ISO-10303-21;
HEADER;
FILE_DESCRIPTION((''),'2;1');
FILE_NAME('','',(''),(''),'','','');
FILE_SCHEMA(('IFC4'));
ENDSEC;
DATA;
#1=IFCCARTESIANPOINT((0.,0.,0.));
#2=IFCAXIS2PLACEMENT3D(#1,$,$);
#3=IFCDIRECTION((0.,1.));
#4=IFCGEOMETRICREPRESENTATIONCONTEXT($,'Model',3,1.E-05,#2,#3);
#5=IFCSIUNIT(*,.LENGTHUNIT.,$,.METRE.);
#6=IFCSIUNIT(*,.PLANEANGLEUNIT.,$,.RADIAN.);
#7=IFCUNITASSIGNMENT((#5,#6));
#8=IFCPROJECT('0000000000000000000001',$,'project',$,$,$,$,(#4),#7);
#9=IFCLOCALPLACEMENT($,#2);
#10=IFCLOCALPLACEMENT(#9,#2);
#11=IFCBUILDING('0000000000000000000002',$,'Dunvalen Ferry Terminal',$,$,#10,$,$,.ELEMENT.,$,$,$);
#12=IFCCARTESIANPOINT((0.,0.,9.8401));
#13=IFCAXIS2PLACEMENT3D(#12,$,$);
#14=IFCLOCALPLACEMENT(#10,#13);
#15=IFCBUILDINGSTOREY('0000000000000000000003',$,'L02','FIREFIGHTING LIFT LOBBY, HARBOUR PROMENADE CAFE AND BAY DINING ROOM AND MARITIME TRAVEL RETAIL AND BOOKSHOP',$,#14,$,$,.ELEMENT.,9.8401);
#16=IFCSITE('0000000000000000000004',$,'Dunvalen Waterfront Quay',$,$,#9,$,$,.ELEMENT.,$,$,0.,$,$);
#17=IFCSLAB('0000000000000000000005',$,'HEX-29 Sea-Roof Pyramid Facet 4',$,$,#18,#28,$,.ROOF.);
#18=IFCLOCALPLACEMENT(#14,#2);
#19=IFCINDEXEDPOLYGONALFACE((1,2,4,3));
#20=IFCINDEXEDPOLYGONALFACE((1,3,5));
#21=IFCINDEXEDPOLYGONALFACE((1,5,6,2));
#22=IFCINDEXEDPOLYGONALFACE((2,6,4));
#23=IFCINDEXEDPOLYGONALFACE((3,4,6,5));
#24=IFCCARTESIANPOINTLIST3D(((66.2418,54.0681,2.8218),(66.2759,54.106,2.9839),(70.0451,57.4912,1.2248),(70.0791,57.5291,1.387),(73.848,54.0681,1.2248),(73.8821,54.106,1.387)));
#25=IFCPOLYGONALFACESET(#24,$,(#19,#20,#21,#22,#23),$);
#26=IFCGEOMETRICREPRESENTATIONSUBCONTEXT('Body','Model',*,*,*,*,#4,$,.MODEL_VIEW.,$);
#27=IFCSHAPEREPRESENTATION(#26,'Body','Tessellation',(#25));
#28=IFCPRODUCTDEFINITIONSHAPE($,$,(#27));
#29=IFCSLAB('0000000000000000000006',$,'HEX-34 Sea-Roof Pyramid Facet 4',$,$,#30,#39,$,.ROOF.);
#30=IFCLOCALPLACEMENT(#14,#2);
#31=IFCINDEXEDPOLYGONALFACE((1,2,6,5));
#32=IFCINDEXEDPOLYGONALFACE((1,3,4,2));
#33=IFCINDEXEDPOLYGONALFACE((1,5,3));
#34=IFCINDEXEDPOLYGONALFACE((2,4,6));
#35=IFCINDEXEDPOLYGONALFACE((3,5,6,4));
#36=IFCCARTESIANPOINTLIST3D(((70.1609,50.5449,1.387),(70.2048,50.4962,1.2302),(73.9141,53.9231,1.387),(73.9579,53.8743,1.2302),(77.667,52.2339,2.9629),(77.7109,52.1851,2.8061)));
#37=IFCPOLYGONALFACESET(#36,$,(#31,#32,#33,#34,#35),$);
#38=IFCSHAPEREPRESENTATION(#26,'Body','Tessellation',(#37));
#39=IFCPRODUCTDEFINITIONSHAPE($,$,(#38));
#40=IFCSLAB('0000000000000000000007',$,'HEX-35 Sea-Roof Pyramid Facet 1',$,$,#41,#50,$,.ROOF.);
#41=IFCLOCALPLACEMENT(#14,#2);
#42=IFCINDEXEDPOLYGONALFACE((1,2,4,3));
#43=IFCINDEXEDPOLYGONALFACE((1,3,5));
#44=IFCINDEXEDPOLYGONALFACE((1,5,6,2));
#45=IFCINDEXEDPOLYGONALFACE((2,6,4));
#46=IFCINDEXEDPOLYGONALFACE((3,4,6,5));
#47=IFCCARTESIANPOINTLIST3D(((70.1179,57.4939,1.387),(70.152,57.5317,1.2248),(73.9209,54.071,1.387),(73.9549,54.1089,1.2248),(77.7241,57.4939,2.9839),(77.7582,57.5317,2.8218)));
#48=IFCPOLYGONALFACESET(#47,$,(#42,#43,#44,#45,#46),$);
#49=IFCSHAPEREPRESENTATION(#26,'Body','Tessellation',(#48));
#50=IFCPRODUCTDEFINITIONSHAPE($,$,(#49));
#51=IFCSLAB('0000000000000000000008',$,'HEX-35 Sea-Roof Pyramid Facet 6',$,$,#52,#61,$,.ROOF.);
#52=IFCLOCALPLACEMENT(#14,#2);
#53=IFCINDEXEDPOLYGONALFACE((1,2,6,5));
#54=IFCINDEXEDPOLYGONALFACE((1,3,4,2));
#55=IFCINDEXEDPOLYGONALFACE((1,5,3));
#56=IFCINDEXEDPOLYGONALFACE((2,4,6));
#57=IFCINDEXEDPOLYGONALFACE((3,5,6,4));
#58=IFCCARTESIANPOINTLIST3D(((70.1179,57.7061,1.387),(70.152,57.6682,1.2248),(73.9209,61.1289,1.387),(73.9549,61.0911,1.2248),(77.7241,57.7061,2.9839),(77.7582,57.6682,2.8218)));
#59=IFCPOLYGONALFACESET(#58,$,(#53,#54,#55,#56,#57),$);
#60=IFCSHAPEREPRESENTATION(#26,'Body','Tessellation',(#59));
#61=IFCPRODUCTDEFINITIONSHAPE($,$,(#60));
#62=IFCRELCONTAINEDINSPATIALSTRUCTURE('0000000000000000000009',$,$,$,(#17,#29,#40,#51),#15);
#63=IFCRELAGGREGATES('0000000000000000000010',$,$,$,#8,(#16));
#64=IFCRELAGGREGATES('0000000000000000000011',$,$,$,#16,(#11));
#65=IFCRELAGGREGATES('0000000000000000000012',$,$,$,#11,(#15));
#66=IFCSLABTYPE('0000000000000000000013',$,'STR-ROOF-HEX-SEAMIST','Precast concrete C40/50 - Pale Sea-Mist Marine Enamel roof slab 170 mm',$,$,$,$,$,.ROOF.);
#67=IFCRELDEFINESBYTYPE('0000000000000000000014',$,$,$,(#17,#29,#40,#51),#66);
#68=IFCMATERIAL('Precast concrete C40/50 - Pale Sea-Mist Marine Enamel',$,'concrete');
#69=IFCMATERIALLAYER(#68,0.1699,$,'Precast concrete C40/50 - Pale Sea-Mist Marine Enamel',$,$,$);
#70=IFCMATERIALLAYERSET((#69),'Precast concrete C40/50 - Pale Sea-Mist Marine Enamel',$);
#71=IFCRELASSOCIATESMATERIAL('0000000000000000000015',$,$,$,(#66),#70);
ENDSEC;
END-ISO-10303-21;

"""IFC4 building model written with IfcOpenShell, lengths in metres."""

from ifc_helpers import new_model, si_unit, direction, frame, origin, place, context, subcontext, project, spatial, polyline, outline, extrude, material, layer, layer_set, type_object, element, save


model = new_model("IFC4")

# Units and contexts
model_context = context("Model", 3, precision=1e-05, world=origin(), true_north=direction((0.0, 1.0)))
body_context = subcontext(model_context, "Body", "Model", "MODEL_VIEW")
ifc_project = project(units=[si_unit("LENGTHUNIT", "METRE"), si_unit("PLANEANGLEUNIT", "RADIAN")], contexts=[model_context])

# Site, building, storey
site_placement = place(None, origin())
site = spatial("IfcSite", under=ifc_project, at=site_placement, Name="Dunvalen Waterfront Quay", CompositionType="ELEMENT", RefElevation=0.0)
building_placement = place(site_placement, origin())
building = spatial("IfcBuilding", under=site, at=building_placement, Name="Dunvalen Ferry Terminal", CompositionType="ELEMENT")
storey_placement = place(building_placement, frame((0.0, 0.0, 9.8401)))
storey = spatial("IfcBuildingStorey", under=building, at=storey_placement, Name="L02", Description="FIREFIGHTING LIFT LOBBY, HARBOUR PROMENADE CAFE AND BAY DINING ROOM AND MARITIME TRAVEL RETAIL AND BOOKSHOP", CompositionType="ELEMENT", Elevation=9.8401)

# Slabs
ifc_material_1 = material(Name="Precast concrete C40/50 - Pale Sea-Mist Marine Enamel", Category="concrete")
ifc_layer_1 = layer(ifc_material_1, 0.1699, Name="Precast concrete C40/50 - Pale Sea-Mist Marine Enamel")
ifc_layer_set_1 = layer_set([ifc_layer_1], Name="Precast concrete C40/50 - Pale Sea-Mist Marine Enamel")
slab_type_1 = type_object("IfcSlabType", Name="STR-ROOF-HEX-SEAMIST", Description="Precast concrete C40/50 - Pale Sea-Mist Marine Enamel roof slab 170 mm", PredefinedType="ROOF", material=ifc_layer_set_1)
slab_1_placement = place(storey_placement, frame((73.8821, 54.106, 1.387), z_axis=(0.200318, 0.222548, 0.95412), x_axis=(-0.743254, 0.66901, 0.0)))
element("IfcSlab", 1, at=slab_1_placement, inside=storey, type_object=slab_type_1, Name="HEX-29 Sea-Roof Pyramid Facet 4", PredefinedType="ROOF", context=body_context, shape_type="SweptSolid", body=[
    extrude(outline(polyline([(0.0, 0.0), (5.1167, 0.0), (5.6533, 5.3333), (0.0, 0.0)])), origin(), (0.0, 0.0, -1.0), 0.1699),
])
slab_2_placement = place(storey_placement, frame((73.9141, 53.9231, 1.387), z_axis=(-0.258238, 0.286904, 0.922496), x_axis=(-0.743263, -0.668999, 0.0)))
element("IfcSlab", 2, at=slab_2_placement, inside=storey, type_object=slab_type_1, Name="HEX-34 Sea-Roof Pyramid Facet 4", PredefinedType="ROOF", context=body_context, shape_type="SweptSolid", body=[
    extrude(outline(polyline([(0.0, 0.0), (5.0496, 0.0), (-1.6593, 4.0827), (0.0, 0.0)])), origin(), (0.0, 0.0, -1.0), 0.1699),
])
slab_3_placement = place(storey_placement, frame((70.1179, 57.4939, 1.387), z_axis=(-0.200317, -0.222563, 0.954117), x_axis=(0.743278, -0.668983, 0.0)))
element("IfcSlab", 3, at=slab_3_placement, inside=storey, type_object=slab_type_1, Name="HEX-35 Sea-Roof Pyramid Facet 1", PredefinedType="ROOF", context=body_context, shape_type="SweptSolid", body=[
    extrude(outline(polyline([(0.0, 0.0), (5.1165, 0.0), (5.6535, 5.3331), (0.0, 0.0)])), origin(), (0.0, 0.0, -1.0), 0.1699),
])
slab_4_placement = place(storey_placement, frame((73.9209, 61.1289, 1.387), z_axis=(-0.200317, 0.222563, 0.954117), x_axis=(-0.743278, -0.668983, 0.0)))
element("IfcSlab", 4, at=slab_4_placement, inside=storey, type_object=slab_type_1, Name="HEX-35 Sea-Roof Pyramid Facet 6", PredefinedType="ROOF", context=body_context, shape_type="SweptSolid", body=[
    extrude(outline(polyline([(0.0, 0.0), (5.1165, 0.0), (-0.537, 5.3331), (0.0, 0.0)])), origin(), (0.0, 0.0, -1.0), 0.1699),
])

save(model, "model.ifc")
